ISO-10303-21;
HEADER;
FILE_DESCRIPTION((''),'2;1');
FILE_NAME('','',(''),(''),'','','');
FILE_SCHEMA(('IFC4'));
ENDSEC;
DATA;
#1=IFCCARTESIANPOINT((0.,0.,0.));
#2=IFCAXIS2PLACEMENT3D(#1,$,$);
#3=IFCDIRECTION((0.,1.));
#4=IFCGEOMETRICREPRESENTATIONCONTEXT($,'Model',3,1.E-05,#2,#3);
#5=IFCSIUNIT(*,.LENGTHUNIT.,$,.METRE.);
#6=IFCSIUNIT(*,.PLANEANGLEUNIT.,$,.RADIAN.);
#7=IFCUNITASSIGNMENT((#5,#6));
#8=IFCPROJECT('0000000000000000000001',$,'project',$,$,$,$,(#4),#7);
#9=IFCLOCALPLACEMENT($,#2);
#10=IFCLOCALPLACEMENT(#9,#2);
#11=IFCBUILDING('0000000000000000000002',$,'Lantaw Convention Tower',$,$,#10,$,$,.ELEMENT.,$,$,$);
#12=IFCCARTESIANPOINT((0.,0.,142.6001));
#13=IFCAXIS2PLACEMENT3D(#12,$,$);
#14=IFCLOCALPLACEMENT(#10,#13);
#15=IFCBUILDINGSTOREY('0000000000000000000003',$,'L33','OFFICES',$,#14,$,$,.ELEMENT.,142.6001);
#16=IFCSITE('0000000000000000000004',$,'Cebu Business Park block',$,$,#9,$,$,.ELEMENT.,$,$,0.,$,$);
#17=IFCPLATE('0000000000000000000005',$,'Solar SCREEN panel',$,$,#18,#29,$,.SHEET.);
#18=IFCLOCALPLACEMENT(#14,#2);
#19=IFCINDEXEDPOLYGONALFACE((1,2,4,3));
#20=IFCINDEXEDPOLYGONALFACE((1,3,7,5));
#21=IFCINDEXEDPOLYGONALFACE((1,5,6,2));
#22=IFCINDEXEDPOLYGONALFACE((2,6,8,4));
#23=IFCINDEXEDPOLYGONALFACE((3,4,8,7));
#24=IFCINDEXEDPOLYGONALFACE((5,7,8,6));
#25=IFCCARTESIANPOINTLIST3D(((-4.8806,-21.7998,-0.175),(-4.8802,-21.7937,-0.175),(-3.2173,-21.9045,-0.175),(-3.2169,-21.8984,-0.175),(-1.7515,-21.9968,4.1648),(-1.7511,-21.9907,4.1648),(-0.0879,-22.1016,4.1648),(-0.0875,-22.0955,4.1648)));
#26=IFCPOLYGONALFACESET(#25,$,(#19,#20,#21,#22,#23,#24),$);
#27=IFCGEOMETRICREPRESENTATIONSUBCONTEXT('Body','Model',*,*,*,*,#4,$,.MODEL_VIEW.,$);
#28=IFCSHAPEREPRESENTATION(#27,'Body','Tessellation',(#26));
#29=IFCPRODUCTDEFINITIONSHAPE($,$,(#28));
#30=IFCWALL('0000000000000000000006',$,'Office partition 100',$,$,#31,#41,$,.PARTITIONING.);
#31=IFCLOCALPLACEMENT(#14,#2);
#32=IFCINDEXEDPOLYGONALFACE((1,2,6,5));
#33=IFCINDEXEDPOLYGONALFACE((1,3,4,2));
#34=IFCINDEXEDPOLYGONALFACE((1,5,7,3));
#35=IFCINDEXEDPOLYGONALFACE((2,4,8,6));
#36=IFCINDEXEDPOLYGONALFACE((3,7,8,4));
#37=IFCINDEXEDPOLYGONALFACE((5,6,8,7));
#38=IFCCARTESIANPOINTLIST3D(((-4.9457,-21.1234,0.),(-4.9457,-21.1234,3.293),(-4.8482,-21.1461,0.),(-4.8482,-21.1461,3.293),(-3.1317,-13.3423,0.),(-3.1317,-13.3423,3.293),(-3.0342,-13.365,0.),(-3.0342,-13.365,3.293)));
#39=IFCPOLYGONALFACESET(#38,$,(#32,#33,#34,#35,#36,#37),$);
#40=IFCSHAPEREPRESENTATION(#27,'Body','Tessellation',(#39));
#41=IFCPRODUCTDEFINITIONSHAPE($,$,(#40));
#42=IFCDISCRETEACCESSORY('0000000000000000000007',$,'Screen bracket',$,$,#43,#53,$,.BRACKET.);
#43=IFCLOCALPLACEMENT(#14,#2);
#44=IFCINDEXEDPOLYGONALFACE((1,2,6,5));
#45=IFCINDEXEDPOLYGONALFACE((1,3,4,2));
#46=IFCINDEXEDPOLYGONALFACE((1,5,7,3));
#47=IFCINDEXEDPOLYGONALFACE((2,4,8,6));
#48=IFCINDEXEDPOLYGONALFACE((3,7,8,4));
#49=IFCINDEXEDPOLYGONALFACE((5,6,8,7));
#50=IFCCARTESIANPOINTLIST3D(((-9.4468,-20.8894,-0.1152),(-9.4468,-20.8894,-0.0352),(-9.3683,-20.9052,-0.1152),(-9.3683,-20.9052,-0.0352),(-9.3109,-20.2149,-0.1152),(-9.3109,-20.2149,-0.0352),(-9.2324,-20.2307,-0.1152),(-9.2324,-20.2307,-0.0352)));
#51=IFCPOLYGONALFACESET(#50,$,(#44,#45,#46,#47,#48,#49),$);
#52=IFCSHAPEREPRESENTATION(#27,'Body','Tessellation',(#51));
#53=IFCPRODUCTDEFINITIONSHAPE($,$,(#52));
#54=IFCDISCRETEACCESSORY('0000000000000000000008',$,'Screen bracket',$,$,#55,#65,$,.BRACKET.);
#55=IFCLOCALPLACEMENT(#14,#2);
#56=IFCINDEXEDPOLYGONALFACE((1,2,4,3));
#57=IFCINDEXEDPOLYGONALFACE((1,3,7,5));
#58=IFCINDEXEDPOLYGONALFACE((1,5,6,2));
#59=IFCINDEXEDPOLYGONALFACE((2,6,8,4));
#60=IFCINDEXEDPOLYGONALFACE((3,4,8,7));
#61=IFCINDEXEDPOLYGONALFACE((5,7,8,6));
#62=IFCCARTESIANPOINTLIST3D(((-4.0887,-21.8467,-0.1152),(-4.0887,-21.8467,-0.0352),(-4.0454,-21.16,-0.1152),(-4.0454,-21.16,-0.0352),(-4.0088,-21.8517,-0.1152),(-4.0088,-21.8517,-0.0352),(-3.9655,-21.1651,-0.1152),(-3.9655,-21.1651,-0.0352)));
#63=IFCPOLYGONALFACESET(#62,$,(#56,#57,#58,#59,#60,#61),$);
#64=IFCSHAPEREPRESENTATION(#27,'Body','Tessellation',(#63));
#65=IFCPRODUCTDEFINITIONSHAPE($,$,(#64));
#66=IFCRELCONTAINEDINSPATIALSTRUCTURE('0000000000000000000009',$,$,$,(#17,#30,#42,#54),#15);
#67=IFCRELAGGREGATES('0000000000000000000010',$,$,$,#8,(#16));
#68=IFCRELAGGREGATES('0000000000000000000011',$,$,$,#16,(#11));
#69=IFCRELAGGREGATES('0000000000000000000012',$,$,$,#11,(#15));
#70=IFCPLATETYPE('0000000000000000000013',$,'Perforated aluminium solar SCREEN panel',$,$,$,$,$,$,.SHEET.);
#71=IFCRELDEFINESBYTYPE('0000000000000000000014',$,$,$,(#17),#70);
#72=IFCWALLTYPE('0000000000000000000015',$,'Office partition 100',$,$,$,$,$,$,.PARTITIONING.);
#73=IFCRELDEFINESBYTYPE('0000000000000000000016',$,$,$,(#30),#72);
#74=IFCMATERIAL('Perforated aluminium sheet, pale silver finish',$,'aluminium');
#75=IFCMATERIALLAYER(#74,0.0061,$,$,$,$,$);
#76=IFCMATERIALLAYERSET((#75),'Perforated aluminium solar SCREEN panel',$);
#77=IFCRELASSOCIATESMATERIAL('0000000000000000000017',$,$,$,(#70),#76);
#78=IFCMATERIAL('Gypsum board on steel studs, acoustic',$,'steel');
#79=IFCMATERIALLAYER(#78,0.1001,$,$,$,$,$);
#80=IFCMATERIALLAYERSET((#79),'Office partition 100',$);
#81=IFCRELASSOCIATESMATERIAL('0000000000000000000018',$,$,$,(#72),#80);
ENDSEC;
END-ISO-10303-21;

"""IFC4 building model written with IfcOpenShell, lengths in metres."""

from ifc_helpers import new_model, si_unit, direction, frame, frame_2d, origin, origin_2d, place, context, subcontext, project, spatial, polyline, rectangle, outline, extrude, material, layer, layer_set, type_object, element, save


model = new_model("IFC4")

# Units and contexts
model_context = context("Model", 3, precision=1e-05, world=origin(), true_north=direction((0.0, 1.0)))
body_context = subcontext(model_context, "Body", "Model", "MODEL_VIEW")
ifc_project = project(units=[si_unit("LENGTHUNIT", "METRE"), si_unit("PLANEANGLEUNIT", "RADIAN")], contexts=[model_context])

# Site, building, storey
site_placement = place(None, origin())
site = spatial("IfcSite", under=ifc_project, at=site_placement, Name="Cebu Business Park block", CompositionType="ELEMENT", RefElevation=0.0)
building_placement = place(site_placement, origin())
building = spatial("IfcBuilding", under=site, at=building_placement, Name="Lantaw Convention Tower", CompositionType="ELEMENT")
storey_placement = place(building_placement, frame((0.0, 0.0, 142.6001)))
storey = spatial("IfcBuildingStorey", under=building, at=storey_placement, Name="L33", Description="OFFICES", CompositionType="ELEMENT", Elevation=142.6001)

# Plate
ifc_material_1 = material(Name="Perforated aluminium sheet, pale silver finish", Category="aluminium")
ifc_layer_1 = layer(ifc_material_1, 0.0061)
ifc_layer_set_1 = layer_set([ifc_layer_1], Name="Perforated aluminium solar SCREEN panel")
plate_type_1 = type_object("IfcPlateType", Name="Perforated aluminium solar SCREEN panel", PredefinedType="SHEET", material=ifc_layer_set_1)
plate_1_placement = place(storey_placement, frame((-4.8806, -21.7998, -0.175), z_axis=(-0.062839, -0.998024, 0.000002), x_axis=(0.998024, -0.062839, 0.0)))
element("IfcPlate", 1, at=plate_1_placement, inside=storey, type_object=plate_type_1, Name="Solar SCREEN panel", PredefinedType="SHEET", context=body_context, shape_type="SweptSolid", body=[
    extrude(outline(polyline([(0.0, 0.0), (1.6666, 0.0), (4.8022, 4.3398), (3.1353, 4.3398), (0.0, 0.0)])), origin(), (0.0, 0.0, -1.0), 0.0061),
])

# Wall
ifc_material_2 = material(Name="Gypsum board on steel studs, acoustic", Category="steel")
ifc_layer_2 = layer(ifc_material_2, 0.1001)
ifc_layer_set_2 = layer_set([ifc_layer_2], Name="Office partition 100")
wall_type = type_object("IfcWallType", Name="Office partition 100", PredefinedType="PARTITIONING", material=ifc_layer_set_2)
wall_placement = place(storey_placement, frame((-4.897, -21.1348, 0.0), z_axis=(0.0, 0.0, 1.0), x_axis=(0.227039, 0.973886, 0.0)))
element("IfcWall", 2, at=wall_placement, inside=storey, type_object=wall_type, Name="Office partition 100", PredefinedType="PARTITIONING", context=body_context, shape_type="SweptSolid", body=[
    extrude(rectangle(XDim=7.9897, YDim=0.1001, at=frame_2d((3.9949, 0.0))), origin(), (0.0, 0.0, 1.0), 3.293),
])

# Discrete accessories
for number, where, z_axis, x_axis, name in (
    (3, (-9.3396, -20.5601, -0.1152), (0.0, 0.0, 1.0), (0.980302, -0.197507, 0.0), "Screen bracket"),
    (4, (-4.0271, -21.5059, -0.1152), (0.0, 0.0, 1.0), (0.998022, -0.062865, 0.0), "Screen bracket"),
):
    element("IfcDiscreteAccessory", number, at=place(storey_placement, frame(where, z_axis=z_axis, x_axis=x_axis)), inside=storey, Name=name, PredefinedType="BRACKET", context=body_context, shape_type="SweptSolid", body=[
        extrude(rectangle(XDim=0.0801, YDim=0.688, at=origin_2d()), origin(), (0.0, 0.0, 1.0), 0.0801),
    ])

save(model, "model.ifc")
